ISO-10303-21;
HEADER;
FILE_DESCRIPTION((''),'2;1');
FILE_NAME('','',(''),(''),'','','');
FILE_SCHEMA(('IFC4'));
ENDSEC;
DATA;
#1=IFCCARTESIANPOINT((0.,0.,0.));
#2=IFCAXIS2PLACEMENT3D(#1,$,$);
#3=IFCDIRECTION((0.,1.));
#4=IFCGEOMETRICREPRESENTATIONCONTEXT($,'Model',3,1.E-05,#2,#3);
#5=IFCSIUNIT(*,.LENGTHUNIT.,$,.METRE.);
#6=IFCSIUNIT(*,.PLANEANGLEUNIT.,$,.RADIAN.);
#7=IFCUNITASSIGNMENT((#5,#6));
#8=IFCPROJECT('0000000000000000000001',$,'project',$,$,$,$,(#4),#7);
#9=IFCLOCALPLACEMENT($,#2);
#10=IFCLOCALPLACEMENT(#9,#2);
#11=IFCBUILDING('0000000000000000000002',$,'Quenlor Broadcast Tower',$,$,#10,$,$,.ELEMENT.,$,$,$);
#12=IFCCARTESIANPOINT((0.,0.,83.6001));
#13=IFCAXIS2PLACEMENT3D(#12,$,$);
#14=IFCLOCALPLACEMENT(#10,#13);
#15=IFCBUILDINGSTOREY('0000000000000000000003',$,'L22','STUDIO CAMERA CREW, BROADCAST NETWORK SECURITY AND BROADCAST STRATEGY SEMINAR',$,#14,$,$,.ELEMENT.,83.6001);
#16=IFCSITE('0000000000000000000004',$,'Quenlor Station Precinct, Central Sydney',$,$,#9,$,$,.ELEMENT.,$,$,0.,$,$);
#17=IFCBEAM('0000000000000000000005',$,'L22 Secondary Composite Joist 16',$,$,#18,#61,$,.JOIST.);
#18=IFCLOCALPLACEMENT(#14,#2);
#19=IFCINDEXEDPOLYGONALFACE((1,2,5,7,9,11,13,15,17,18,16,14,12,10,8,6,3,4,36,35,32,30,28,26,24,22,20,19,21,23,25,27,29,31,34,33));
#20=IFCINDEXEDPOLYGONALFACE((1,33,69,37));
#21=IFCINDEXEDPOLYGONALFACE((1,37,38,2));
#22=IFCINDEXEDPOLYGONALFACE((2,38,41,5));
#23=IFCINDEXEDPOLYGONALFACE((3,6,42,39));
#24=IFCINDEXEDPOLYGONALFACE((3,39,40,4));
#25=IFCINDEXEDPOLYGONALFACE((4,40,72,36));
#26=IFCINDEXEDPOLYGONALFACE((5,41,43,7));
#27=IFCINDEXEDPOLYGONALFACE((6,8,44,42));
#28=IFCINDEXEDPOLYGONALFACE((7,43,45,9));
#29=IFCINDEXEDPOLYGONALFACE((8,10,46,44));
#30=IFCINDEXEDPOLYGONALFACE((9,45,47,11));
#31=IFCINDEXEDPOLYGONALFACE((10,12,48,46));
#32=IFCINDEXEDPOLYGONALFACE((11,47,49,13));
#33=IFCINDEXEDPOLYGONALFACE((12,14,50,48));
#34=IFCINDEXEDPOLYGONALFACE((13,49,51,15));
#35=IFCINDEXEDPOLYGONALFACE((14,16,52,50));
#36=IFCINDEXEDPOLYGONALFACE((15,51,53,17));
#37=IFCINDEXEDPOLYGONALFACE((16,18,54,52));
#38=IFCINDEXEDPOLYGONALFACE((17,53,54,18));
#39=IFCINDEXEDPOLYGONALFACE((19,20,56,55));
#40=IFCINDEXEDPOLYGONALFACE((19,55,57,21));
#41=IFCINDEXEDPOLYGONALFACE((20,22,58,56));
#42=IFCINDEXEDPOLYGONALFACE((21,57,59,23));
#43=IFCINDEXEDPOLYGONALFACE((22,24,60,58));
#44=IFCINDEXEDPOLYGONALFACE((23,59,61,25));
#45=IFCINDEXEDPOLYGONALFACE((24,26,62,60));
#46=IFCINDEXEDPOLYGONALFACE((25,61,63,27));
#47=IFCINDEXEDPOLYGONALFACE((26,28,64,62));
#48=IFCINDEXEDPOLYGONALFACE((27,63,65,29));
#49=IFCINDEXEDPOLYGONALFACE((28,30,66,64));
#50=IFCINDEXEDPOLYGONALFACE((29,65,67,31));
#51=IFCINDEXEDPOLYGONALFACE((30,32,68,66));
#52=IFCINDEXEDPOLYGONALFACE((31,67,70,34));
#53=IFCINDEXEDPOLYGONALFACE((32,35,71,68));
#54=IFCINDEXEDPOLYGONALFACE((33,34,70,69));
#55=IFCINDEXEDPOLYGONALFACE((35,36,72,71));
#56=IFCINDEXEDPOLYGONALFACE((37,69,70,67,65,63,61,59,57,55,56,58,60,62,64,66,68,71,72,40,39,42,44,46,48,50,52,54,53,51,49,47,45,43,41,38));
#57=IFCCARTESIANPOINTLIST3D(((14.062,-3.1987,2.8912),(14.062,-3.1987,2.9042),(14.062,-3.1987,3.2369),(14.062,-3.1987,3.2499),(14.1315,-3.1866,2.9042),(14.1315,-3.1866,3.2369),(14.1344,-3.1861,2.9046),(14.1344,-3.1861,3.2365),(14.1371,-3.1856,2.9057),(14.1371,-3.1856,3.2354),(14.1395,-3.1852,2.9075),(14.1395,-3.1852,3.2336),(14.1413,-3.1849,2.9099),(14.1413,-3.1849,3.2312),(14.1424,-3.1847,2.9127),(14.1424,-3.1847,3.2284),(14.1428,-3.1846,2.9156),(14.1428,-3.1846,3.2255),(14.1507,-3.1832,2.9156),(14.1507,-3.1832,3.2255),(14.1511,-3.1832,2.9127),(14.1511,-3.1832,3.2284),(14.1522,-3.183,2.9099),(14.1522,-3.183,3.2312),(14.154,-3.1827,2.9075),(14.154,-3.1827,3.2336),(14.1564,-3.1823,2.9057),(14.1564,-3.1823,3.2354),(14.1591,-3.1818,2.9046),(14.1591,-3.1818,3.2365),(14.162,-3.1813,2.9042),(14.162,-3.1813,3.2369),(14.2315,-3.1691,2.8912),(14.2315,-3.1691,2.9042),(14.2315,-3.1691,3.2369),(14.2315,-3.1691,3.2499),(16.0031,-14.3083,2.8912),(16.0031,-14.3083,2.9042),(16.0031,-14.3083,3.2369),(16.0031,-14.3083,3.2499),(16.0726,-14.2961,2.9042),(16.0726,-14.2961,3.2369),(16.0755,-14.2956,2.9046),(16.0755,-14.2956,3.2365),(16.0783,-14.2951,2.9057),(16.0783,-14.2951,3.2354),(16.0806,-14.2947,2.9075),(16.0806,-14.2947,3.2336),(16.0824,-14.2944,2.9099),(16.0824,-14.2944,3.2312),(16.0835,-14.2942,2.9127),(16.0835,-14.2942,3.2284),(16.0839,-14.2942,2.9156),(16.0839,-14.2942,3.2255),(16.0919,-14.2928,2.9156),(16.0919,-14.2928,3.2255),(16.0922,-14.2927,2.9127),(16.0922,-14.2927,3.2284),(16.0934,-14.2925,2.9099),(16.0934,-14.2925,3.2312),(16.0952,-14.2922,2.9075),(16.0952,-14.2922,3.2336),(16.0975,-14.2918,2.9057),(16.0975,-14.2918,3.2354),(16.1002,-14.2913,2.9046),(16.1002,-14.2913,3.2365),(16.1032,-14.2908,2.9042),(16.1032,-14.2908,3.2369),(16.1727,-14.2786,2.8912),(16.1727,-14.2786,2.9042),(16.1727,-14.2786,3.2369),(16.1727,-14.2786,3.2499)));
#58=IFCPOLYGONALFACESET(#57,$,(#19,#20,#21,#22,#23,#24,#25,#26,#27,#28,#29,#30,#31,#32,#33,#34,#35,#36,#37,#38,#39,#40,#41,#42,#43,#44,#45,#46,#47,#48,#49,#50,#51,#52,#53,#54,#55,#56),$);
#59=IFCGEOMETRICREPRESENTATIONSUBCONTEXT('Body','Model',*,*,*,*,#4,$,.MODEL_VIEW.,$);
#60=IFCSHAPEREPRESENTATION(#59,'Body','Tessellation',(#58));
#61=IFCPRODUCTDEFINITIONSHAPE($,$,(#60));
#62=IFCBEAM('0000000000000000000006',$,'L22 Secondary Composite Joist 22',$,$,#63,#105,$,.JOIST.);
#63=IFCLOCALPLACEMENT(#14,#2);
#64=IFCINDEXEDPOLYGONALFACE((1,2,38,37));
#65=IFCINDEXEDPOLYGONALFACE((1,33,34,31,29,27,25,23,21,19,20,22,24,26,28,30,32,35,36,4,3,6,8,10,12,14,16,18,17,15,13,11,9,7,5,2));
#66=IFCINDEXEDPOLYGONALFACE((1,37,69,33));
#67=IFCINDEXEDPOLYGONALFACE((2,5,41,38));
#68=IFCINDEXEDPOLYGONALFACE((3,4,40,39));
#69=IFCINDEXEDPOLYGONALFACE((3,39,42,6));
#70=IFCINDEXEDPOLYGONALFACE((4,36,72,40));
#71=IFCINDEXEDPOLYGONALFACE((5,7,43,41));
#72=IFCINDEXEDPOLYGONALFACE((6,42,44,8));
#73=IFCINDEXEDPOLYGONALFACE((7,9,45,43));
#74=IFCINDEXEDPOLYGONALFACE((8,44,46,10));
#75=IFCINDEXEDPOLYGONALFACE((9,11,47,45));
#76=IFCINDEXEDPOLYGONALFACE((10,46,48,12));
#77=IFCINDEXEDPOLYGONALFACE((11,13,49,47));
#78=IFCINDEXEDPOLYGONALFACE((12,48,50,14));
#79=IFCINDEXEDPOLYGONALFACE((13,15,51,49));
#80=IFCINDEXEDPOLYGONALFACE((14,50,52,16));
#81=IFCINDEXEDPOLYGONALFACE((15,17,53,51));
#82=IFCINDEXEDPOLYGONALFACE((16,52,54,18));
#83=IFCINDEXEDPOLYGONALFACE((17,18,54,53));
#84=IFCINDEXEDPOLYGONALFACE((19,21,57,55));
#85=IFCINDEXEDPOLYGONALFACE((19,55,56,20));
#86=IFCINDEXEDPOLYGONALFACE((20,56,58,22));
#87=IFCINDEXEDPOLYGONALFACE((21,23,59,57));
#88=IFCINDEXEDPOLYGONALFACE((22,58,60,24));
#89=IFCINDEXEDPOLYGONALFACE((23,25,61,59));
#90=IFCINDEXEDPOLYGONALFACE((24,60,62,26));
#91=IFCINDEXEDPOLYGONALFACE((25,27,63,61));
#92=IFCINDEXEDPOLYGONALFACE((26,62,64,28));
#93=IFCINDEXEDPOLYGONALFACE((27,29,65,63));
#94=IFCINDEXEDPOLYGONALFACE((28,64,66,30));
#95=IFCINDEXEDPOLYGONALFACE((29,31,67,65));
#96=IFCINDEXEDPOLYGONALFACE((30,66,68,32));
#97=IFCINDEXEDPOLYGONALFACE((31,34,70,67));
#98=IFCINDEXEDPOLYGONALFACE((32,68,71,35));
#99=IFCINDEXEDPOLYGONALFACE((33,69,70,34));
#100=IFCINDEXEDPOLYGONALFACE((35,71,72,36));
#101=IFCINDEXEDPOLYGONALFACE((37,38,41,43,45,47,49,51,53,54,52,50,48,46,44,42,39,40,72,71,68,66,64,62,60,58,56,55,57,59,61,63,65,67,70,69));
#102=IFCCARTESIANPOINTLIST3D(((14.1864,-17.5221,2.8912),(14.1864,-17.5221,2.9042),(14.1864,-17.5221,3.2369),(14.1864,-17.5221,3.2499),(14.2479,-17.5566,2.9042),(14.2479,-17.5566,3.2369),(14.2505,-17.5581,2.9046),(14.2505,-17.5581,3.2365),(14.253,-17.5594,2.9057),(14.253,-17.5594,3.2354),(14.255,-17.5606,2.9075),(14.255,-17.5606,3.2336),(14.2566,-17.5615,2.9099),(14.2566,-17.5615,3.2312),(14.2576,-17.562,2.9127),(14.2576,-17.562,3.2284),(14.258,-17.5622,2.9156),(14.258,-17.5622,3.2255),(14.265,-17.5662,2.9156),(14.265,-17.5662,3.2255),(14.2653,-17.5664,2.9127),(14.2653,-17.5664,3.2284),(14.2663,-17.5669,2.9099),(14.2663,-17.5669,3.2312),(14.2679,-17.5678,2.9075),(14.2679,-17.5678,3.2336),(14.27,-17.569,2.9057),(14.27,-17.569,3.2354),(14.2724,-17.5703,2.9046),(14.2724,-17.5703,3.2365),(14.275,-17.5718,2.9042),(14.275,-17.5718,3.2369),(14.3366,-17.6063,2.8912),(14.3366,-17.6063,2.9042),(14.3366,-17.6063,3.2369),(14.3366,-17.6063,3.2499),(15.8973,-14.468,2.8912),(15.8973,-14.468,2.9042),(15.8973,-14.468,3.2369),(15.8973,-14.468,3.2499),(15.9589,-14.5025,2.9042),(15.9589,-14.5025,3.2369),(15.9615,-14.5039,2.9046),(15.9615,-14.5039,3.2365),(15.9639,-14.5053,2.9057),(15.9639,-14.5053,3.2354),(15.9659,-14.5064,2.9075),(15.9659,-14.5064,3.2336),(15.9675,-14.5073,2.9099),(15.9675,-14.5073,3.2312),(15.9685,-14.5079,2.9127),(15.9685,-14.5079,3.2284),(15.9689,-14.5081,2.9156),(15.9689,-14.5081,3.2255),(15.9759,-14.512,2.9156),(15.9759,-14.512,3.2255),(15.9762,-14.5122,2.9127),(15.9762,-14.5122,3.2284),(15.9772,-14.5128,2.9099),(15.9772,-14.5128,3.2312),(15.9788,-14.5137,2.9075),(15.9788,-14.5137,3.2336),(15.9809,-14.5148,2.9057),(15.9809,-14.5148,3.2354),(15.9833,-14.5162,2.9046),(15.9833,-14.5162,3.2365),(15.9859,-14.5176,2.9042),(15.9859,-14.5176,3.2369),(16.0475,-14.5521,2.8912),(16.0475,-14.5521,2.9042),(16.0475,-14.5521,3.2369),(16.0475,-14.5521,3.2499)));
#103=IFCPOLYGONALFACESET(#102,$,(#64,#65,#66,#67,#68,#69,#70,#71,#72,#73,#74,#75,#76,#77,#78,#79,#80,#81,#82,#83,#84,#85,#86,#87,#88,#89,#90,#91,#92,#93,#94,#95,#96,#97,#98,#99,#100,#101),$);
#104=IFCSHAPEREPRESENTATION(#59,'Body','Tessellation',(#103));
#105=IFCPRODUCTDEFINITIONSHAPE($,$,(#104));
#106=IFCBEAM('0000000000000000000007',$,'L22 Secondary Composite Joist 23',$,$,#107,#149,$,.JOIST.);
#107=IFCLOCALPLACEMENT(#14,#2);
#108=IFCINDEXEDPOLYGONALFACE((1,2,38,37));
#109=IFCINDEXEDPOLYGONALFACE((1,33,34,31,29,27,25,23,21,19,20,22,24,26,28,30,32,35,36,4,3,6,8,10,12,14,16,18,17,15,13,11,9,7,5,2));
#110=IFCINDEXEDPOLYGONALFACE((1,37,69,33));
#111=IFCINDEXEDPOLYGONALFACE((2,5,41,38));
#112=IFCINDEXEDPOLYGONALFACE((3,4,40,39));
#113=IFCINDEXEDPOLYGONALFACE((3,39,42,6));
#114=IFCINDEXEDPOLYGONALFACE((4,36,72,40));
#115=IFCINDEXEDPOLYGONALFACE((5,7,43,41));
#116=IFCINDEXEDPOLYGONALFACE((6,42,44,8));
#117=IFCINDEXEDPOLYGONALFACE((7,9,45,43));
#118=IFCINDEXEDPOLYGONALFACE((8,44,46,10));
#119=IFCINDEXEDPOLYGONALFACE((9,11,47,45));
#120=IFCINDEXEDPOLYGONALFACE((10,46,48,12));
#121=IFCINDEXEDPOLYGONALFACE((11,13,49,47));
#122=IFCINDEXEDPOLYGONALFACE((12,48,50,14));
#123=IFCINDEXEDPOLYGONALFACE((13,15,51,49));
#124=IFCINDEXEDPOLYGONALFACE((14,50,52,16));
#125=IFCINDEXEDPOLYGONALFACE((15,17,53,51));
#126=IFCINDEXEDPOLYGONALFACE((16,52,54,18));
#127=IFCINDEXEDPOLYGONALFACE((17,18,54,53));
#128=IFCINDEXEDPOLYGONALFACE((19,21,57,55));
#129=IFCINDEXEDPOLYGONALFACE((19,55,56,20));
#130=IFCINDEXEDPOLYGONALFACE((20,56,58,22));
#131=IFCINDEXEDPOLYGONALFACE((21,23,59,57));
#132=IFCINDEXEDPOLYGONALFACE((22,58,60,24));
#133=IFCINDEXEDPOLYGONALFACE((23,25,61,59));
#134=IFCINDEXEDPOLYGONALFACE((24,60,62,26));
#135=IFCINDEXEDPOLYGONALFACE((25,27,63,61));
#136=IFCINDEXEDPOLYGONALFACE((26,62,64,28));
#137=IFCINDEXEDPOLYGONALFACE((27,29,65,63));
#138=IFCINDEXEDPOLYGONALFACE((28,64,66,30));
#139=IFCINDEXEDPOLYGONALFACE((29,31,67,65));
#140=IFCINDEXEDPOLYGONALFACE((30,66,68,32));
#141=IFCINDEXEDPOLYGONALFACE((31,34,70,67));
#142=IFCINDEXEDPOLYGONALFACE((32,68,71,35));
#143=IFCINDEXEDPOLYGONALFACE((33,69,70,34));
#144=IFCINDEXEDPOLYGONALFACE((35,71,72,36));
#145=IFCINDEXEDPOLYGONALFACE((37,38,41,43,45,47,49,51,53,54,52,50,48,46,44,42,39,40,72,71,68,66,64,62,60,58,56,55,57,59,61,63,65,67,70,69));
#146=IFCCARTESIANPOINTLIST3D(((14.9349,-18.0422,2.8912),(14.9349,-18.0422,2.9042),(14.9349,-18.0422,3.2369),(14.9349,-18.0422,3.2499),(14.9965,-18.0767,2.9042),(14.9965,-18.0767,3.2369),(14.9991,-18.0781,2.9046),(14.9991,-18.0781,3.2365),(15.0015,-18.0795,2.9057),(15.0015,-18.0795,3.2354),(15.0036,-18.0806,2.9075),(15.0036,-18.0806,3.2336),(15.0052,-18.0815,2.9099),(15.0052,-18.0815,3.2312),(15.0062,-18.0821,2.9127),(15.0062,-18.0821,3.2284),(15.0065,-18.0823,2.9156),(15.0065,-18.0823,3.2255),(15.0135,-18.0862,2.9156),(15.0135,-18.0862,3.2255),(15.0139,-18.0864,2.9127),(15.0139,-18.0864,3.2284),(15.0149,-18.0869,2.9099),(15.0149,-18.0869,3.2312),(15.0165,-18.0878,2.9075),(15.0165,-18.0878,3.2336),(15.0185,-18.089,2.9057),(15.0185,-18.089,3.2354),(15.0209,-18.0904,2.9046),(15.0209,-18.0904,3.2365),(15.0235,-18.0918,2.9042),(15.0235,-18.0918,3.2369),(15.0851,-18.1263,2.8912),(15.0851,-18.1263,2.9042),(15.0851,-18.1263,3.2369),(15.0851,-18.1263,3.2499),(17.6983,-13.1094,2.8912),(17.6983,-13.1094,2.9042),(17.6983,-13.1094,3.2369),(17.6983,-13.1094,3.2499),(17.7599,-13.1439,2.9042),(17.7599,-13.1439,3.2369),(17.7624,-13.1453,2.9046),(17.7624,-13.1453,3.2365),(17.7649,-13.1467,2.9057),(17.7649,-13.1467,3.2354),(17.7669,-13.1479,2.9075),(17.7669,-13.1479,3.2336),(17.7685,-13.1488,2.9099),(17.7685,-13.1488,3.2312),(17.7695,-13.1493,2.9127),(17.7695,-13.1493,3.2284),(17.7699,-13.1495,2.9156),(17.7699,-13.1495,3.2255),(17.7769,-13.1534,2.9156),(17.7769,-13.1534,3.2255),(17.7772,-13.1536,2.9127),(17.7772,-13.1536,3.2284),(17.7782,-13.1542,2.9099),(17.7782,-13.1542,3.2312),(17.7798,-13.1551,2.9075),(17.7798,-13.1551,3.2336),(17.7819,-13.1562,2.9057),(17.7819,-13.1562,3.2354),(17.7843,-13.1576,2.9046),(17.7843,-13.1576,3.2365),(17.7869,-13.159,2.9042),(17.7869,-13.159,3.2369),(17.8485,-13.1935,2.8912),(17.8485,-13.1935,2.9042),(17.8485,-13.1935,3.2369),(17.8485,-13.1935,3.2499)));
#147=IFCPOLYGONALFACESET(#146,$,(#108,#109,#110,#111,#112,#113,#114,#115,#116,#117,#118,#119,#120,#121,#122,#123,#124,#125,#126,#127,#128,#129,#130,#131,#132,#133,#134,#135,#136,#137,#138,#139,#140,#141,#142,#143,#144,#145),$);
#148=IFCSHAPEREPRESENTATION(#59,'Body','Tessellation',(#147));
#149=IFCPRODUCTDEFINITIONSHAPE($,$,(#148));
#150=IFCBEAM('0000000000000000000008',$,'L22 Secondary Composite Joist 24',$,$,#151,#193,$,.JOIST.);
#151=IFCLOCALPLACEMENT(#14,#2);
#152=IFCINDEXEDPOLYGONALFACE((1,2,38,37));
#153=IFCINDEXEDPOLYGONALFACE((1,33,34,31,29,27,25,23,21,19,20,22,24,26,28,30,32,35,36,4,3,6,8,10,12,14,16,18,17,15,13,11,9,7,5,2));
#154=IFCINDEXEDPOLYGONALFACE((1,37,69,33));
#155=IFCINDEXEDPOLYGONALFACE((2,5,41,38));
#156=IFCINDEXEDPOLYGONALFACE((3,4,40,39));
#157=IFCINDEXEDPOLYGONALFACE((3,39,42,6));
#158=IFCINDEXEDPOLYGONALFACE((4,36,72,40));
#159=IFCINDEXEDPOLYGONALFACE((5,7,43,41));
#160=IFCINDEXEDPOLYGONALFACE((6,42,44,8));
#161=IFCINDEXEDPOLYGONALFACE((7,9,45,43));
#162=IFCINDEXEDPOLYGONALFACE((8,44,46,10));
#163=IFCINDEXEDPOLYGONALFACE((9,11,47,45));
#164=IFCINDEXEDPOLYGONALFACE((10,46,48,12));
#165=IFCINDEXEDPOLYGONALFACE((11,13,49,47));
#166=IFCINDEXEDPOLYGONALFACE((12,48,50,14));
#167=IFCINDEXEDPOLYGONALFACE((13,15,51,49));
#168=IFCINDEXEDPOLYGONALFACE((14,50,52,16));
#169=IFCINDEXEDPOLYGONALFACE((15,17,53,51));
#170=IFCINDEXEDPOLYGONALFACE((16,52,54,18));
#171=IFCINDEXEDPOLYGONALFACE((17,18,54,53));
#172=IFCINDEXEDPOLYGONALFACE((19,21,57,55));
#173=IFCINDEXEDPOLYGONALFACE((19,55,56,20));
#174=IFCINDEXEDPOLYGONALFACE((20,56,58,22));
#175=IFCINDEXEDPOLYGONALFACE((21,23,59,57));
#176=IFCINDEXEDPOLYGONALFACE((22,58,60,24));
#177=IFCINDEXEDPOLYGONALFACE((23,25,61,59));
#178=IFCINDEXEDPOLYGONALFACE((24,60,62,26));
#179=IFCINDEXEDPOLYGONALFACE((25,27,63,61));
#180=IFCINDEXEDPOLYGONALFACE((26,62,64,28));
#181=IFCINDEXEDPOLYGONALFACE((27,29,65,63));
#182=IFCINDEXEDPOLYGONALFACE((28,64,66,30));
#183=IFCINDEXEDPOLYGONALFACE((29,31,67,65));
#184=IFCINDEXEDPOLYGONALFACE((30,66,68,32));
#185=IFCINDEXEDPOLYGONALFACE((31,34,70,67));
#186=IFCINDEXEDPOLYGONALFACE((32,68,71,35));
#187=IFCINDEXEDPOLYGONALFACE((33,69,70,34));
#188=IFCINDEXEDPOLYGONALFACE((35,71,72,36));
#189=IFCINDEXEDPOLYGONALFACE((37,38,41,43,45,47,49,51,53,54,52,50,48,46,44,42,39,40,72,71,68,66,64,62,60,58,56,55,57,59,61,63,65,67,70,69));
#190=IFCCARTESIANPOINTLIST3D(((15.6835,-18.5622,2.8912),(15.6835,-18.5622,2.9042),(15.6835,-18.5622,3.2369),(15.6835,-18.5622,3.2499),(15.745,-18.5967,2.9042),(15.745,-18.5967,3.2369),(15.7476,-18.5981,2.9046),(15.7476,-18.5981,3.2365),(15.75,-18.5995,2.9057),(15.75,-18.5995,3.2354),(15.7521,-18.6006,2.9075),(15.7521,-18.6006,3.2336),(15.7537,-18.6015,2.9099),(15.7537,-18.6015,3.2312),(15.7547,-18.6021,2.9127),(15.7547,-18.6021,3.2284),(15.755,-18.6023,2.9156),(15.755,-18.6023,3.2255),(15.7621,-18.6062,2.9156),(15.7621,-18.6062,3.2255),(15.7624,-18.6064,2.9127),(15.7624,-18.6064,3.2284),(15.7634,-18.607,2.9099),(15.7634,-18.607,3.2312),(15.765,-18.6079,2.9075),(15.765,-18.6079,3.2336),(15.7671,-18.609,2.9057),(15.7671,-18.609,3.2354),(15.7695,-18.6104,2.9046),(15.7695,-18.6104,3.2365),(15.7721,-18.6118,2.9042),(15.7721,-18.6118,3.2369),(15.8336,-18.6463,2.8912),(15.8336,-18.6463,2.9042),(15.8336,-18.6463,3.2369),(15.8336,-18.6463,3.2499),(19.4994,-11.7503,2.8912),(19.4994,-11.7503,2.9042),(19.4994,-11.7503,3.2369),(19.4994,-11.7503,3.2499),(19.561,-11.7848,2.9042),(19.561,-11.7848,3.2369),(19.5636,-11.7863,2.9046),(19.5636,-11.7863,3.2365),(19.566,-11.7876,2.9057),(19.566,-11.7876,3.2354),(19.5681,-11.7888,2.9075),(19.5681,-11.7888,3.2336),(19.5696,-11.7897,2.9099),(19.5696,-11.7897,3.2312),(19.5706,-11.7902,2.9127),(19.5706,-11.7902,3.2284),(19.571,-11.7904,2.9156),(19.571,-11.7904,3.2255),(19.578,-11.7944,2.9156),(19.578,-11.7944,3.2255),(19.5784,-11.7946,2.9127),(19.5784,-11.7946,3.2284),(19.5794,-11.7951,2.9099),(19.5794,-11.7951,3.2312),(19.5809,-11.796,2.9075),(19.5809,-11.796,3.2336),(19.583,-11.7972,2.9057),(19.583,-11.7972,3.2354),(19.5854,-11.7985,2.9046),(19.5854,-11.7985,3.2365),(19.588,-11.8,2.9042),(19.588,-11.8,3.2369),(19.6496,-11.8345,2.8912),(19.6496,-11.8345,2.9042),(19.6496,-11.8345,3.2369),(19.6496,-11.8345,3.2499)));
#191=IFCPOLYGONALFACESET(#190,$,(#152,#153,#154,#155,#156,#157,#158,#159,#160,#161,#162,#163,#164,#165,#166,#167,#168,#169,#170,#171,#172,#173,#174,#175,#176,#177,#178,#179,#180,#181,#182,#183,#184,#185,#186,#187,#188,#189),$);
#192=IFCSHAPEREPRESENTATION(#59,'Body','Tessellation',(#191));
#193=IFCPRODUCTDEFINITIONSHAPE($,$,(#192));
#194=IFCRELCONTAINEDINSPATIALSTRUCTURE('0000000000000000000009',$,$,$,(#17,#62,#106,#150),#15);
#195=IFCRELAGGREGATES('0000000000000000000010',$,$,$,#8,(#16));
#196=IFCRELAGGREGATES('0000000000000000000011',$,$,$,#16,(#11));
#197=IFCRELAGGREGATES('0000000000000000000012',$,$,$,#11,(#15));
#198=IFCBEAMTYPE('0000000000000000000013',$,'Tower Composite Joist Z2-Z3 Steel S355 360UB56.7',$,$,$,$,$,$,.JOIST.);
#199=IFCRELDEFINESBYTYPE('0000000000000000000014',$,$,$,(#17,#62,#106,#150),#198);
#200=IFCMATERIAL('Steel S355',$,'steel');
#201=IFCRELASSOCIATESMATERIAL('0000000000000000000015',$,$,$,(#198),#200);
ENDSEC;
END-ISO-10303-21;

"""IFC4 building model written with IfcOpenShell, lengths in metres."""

from ifc_helpers import new_model, si_unit, direction, frame, origin, origin_2d, place, context, subcontext, project, spatial, i_section, extrude, material, material_profile, profile_set, type_object, element, save


model = new_model("IFC4")

# Units and contexts
model_context = context("Model", 3, precision=1e-05, world=origin(), true_north=direction((0.0, 1.0)))
body_context = subcontext(model_context, "Body", "Model", "MODEL_VIEW")
ifc_project = project(units=[si_unit("LENGTHUNIT", "METRE"), si_unit("PLANEANGLEUNIT", "RADIAN")], contexts=[model_context])

# Site, building, storey
site_placement = place(None, origin())
site = spatial("IfcSite", under=ifc_project, at=site_placement, Name="Quenlor Station Precinct, Central Sydney", CompositionType="ELEMENT", RefElevation=0.0)
building_placement = place(site_placement, origin())
building = spatial("IfcBuilding", under=site, at=building_placement, Name="Quenlor Broadcast Tower", CompositionType="ELEMENT")
storey_placement = place(building_placement, frame((0.0, 0.0, 83.6001)))
storey = spatial("IfcBuildingStorey", under=building, at=storey_placement, Name="L22", Description="STUDIO CAMERA CREW, BROADCAST NETWORK SECURITY AND BROADCAST STRATEGY SEMINAR", CompositionType="ELEMENT", Elevation=83.6001)

# Beams
ifc_material_1 = material(Name="Steel S355", Category="steel")
ifc_material_profile_1 = material_profile(ifc_material_1, i_section(OverallWidth=0.1721, OverallDepth=0.3586, WebThickness=0.0081, FlangeThickness=0.0129, FilletRadius=0.0115, at=origin_2d()))
ifc_profile_set_1 = profile_set([ifc_material_profile_1], Name="Steel S355 360UB56.7")
beam_type_1 = type_object("IfcBeamType", Name="Tower Composite Joist Z2-Z3 Steel S355 360UB56.7", PredefinedType="JOIST", material=ifc_profile_set_1)
beam_1_placement = place(storey_placement, frame((16.0879, -14.2935, 3.0706), z_axis=(-0.17212, 0.985076, 0.0), x_axis=(-0.985076, -0.17212, 0.0)))
element("IfcBeam", 1, at=beam_1_placement, inside=storey, type_object=beam_type_1, Name="L22 Secondary Composite Joist 16", PredefinedType="JOIST", context=body_context, shape_type="SweptSolid", body=[
    extrude(i_section(OverallWidth=0.1721, OverallDepth=0.3586, WebThickness=0.0081, FlangeThickness=0.0129, FilletRadius=0.0115, at=origin_2d()), origin(), (0.0, 0.0, 1.0), 11.2778),
])
beam_2_placement = place(storey_placement, frame((14.2615, -17.5642, 3.0706), z_axis=(0.488731, 0.872435, 0.0), x_axis=(-0.872435, 0.488731, 0.0)))
element("IfcBeam", 2, at=beam_2_placement, inside=storey, type_object=beam_type_1, Name="L22 Secondary Composite Joist 22", PredefinedType="JOIST", context=body_context, shape_type="SweptSolid", body=[
    extrude(i_section(OverallWidth=0.1721, OverallDepth=0.3586, WebThickness=0.0081, FlangeThickness=0.0129, FilletRadius=0.0115, at=origin_2d()), origin(), (0.0, 0.0, 1.0), 3.5007),
])
beam_3_placement = place(storey_placement, frame((15.01, -18.0842, 3.0706), z_axis=(0.488741, 0.872429, 0.0), x_axis=(-0.872429, 0.488741, 0.0)))
element("IfcBeam", 3, at=beam_3_placement, inside=storey, type_object=beam_type_1, Name="L22 Secondary Composite Joist 23", PredefinedType="JOIST", context=body_context, shape_type="SweptSolid", body=[
    extrude(i_section(OverallWidth=0.1721, OverallDepth=0.3586, WebThickness=0.0081, FlangeThickness=0.0129, FilletRadius=0.0115, at=origin_2d()), origin(), (0.0, 0.0, 1.0), 5.6541),
])
beam_4_placement = place(storey_placement, frame((15.7585, -18.6042, 3.0706), z_axis=(0.488733, 0.872433, 0.0), x_axis=(-0.872433, 0.488733, 0.0)))
element("IfcBeam", 4, at=beam_4_placement, inside=storey, type_object=beam_type_1, Name="L22 Secondary Composite Joist 24", PredefinedType="JOIST", context=body_context, shape_type="SweptSolid", body=[
    extrude(i_section(OverallWidth=0.1721, OverallDepth=0.3586, WebThickness=0.0081, FlangeThickness=0.0129, FilletRadius=0.0115, at=origin_2d()), origin(), (0.0, 0.0, 1.0), 7.8079),
])

save(model, "model.ifc")
